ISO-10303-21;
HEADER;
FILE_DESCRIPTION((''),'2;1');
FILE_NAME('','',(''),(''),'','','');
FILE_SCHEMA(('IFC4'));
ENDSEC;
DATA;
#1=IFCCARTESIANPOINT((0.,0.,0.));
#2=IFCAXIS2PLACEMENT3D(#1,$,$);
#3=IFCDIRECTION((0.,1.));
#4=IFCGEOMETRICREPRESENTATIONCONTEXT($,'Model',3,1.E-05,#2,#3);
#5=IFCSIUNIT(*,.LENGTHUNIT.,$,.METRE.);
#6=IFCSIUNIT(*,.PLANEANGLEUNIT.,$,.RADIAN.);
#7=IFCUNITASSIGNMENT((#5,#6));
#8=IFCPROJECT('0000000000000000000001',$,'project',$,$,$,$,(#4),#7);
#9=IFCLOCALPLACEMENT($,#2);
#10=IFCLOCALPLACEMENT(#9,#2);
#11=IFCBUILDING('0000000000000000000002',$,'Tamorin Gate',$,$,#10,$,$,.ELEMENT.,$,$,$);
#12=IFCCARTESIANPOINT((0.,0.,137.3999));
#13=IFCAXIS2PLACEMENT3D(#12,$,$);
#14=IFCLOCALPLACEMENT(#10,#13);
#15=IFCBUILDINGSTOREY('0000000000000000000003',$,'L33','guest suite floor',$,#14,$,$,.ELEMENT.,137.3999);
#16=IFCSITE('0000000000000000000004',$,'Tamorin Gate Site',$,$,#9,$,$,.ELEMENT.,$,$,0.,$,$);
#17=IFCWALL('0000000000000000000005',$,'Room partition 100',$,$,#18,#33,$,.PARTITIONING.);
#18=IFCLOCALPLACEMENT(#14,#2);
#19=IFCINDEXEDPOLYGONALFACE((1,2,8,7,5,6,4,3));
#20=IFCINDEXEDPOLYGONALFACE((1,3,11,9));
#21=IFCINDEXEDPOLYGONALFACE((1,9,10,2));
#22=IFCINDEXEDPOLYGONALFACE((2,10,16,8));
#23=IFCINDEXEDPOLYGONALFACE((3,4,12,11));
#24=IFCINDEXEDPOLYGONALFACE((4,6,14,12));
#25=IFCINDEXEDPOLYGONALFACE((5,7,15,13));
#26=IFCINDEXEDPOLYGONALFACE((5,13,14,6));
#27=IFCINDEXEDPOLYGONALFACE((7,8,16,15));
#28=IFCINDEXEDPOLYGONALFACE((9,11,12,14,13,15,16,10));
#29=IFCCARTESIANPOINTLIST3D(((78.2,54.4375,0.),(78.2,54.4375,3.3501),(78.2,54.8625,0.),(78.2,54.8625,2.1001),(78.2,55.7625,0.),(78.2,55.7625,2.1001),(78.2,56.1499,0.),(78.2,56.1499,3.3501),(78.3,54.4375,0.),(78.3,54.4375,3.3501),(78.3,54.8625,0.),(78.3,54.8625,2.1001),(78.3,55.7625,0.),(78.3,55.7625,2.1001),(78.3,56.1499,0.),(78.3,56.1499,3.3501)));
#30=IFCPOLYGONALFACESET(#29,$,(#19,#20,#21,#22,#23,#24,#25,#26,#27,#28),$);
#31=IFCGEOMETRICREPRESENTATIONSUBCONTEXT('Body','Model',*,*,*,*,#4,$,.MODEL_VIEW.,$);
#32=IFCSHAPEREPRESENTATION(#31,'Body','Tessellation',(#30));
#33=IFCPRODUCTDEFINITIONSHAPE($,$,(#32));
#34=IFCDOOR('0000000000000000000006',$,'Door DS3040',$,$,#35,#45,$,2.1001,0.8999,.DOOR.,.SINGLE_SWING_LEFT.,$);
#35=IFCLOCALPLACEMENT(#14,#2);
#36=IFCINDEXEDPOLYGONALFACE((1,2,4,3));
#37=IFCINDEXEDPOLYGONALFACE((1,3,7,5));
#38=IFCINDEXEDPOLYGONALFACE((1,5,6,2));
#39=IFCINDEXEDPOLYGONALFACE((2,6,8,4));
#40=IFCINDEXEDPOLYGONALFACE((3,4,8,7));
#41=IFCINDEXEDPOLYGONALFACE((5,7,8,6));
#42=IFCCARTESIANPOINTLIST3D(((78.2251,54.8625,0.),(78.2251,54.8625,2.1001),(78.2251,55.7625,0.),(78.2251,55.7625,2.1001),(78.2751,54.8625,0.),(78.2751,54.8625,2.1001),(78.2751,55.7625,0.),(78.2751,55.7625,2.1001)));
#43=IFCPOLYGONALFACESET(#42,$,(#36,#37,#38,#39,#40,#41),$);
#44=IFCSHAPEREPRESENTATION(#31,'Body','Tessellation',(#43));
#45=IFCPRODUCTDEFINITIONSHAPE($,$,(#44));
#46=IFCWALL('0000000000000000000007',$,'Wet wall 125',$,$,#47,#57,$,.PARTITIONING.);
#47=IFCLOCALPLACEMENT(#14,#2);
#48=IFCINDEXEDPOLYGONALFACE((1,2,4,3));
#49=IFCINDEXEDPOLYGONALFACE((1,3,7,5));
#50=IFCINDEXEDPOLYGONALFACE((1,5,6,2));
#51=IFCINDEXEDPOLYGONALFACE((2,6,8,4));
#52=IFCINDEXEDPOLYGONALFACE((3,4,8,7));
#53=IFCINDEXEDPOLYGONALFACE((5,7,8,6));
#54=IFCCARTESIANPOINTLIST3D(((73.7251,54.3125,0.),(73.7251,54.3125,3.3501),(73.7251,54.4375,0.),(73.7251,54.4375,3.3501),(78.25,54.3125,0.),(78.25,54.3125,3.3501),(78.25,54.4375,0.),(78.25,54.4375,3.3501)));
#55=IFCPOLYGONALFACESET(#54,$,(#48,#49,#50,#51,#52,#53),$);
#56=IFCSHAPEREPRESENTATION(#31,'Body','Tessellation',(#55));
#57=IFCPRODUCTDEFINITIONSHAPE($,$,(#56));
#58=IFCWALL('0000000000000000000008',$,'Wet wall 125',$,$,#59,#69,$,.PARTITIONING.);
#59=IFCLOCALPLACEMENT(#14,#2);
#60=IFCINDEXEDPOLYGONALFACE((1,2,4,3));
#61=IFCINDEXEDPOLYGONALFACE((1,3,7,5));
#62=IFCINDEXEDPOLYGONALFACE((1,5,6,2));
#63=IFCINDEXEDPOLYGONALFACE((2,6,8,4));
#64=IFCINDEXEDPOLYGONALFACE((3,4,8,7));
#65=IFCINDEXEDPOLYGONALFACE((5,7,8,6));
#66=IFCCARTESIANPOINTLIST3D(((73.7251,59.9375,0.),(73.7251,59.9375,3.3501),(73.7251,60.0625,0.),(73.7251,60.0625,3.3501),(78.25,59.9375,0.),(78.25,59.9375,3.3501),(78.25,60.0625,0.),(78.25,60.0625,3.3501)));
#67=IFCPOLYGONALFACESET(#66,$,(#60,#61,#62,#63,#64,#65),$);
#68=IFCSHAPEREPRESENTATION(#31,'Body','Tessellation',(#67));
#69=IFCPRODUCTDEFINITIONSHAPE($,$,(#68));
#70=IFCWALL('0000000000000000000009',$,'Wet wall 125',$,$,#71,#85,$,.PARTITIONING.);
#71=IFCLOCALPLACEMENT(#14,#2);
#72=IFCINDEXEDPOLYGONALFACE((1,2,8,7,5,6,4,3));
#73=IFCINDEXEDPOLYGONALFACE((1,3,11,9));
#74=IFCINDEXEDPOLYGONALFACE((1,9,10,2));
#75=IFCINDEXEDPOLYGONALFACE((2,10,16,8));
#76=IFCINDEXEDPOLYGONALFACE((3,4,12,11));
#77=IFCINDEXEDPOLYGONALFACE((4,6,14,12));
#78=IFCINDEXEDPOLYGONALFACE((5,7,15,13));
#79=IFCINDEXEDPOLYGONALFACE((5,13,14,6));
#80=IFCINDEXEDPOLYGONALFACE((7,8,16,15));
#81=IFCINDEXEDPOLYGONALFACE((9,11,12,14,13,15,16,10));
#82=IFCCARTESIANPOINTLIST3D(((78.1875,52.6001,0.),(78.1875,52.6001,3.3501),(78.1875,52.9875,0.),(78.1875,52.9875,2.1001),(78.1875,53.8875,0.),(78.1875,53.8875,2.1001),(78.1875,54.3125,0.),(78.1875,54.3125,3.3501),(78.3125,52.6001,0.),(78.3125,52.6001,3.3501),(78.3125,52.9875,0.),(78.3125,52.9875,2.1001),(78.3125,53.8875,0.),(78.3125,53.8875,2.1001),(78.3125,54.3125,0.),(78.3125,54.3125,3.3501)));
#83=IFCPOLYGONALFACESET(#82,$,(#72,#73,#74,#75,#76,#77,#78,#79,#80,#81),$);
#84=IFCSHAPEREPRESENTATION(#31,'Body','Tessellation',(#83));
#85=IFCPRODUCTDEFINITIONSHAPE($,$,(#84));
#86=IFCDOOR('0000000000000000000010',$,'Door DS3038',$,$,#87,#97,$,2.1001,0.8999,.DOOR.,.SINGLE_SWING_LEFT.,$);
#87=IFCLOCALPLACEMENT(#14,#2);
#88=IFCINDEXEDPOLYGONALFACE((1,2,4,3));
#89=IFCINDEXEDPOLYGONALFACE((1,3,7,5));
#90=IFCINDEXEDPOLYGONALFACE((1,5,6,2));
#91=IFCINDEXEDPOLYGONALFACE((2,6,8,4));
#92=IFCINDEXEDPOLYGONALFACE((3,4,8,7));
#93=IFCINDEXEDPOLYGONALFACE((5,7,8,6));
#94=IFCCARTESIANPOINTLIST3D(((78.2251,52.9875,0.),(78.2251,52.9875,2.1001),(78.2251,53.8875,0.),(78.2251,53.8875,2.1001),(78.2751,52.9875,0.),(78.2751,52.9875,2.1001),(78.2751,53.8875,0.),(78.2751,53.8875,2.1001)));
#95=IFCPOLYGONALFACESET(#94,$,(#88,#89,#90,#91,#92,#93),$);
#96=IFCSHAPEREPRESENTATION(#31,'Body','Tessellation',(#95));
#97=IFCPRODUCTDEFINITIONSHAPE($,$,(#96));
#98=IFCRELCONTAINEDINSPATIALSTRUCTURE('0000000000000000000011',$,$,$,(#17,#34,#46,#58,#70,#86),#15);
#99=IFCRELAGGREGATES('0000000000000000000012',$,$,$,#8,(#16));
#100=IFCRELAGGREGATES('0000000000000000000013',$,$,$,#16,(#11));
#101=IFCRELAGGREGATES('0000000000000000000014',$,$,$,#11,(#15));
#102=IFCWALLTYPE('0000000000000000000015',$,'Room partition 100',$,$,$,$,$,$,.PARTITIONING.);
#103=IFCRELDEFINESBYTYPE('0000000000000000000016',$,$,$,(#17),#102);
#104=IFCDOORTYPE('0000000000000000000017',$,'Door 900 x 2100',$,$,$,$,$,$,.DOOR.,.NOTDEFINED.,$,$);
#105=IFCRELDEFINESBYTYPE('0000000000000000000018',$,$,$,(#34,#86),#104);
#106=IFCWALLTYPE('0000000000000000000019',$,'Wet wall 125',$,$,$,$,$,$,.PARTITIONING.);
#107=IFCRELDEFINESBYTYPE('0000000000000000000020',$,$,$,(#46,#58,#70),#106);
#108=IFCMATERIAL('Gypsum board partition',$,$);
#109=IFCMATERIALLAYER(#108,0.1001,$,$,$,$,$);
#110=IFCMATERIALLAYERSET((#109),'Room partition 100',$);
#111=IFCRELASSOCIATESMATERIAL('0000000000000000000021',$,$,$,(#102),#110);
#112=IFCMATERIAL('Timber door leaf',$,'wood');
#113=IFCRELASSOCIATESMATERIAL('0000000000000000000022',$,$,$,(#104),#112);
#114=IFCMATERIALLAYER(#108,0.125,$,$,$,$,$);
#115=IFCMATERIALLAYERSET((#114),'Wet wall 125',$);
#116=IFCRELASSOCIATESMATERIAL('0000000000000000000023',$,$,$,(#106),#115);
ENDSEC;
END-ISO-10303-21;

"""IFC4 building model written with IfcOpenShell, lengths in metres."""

from ifc_helpers import new_model, si_unit, direction, frame, frame_2d, origin, place, context, subcontext, project, spatial, rectangle, extrude, material, layer, layer_set, type_object, element, fill, save


model = new_model("IFC4")

# Units and contexts
model_context = context("Model", 3, precision=1e-05, world=origin(), true_north=direction((0.0, 1.0)))
body_context = subcontext(model_context, "Body", "Model", "MODEL_VIEW")
ifc_project = project(units=[si_unit("LENGTHUNIT", "METRE"), si_unit("PLANEANGLEUNIT", "RADIAN")], contexts=[model_context])

# Site, building, storey
site_placement = place(None, origin())
site = spatial("IfcSite", under=ifc_project, at=site_placement, Name="Tamorin Gate Site", CompositionType="ELEMENT", RefElevation=0.0)
building_placement = place(site_placement, origin())
building = spatial("IfcBuilding", under=site, at=building_placement, Name="Tamorin Gate", CompositionType="ELEMENT")
storey_placement = place(building_placement, frame((0.0, 0.0, 137.3999)))
storey = spatial("IfcBuildingStorey", under=building, at=storey_placement, Name="L33", Description="guest suite floor", CompositionType="ELEMENT", Elevation=137.3999)

# Shared definitions
ifc_material_1 = material(Name="Gypsum board partition")
ifc_material_2 = material(Name="Timber door leaf", Category="wood")

# Wall, opening, door
ifc_layer_1 = layer(ifc_material_1, 0.1001)
ifc_layer_set_1 = layer_set([ifc_layer_1], Name="Room partition 100")
wall_type_1 = type_object("IfcWallType", Name="Room partition 100", PredefinedType="PARTITIONING", material=ifc_layer_set_1)
wall_1_placement = place(storey_placement, frame((78.25, 54.4375, 0.0), z_axis=(0.0, 0.0, 1.0), x_axis=(0.0, 1.0, 0.0)))
wall_1 = element("IfcWall", 1, at=wall_1_placement, inside=storey, type_object=wall_type_1, Name="Room partition 100", PredefinedType="PARTITIONING", context=body_context, shape_type="SweptSolid", body=[
    extrude(rectangle(XDim=1.7124, YDim=0.1001, at=frame_2d((0.8562, 0.0))), origin(), (0.0, 0.0, 1.0), 3.3501),
])
opening_1_placement = place(wall_1_placement, frame((0.425, 0.0, 0.0)))
opening_1 = element("IfcOpeningElement", 2, at=opening_1_placement, cuts=wall_1, PredefinedType="OPENING", context=body_context, shape_type="SweptSolid", body=[
    extrude(rectangle(XDim=0.8999, YDim=2.1001, at=frame_2d((0.45, 1.05))), frame((0.0, 0.0601, 0.0), z_axis=(0.0, -1.0, 0.0), x_axis=(1.0, 0.0, 0.0)), (0.0, 0.0, 1.0), 0.1201),
])
door_type_1 = type_object("IfcDoorType", Name="Door 900 x 2100", OperationType="NOTDEFINED", PredefinedType="DOOR", material=ifc_material_2)
door_1_placement = place(opening_1_placement, origin())
door_1 = element("IfcDoor", 3, at=door_1_placement, inside=storey, type_object=door_type_1, Name="Door DS3040", OperationType="SINGLE_SWING_LEFT", OverallHeight=2.1001, OverallWidth=0.8999, PredefinedType="DOOR", context=body_context, shape_type="SweptSolid", body=[
    extrude(rectangle(XDim=0.8999, YDim=2.1001, at=frame_2d((0.45, 1.05))), frame((0.0, 0.0249, 0.0), z_axis=(0.0, -1.0, 0.0), x_axis=(1.0, 0.0, 0.0)), (0.0, 0.0, 1.0), 0.05),
])
fill(opening_1, door_1)

# Walls
ifc_layer_2 = layer(ifc_material_1, 0.125)
ifc_layer_set_2 = layer_set([ifc_layer_2], Name="Wet wall 125")
wall_type_2 = type_object("IfcWallType", Name="Wet wall 125", PredefinedType="PARTITIONING", material=ifc_layer_set_2)
for number, where, z_axis, x_axis, name in (
    (4, (73.7251, 54.375, 0.0), (0.0, 0.0, 1.0), (1.0, 0.0, 0.0), "Wet wall 125"),
    (5, (73.7251, 60.0, 0.0), (0.0, 0.0, 1.0), (1.0, 0.0, 0.0), "Wet wall 125"),
):
    element("IfcWall", number, at=place(storey_placement, frame(where, z_axis=z_axis, x_axis=x_axis)), inside=storey, type_object=wall_type_2, Name=name, PredefinedType="PARTITIONING", context=body_context, shape_type="SweptSolid", body=[
        extrude(rectangle(XDim=4.5249, YDim=0.125, at=frame_2d((2.2625, 0.0))), origin(), (0.0, 0.0, 1.0), 3.3501),
    ])

# Wall, opening, door
wall_2_placement = place(storey_placement, frame((78.25, 52.6001, 0.0), z_axis=(0.0, 0.0, 1.0), x_axis=(0.0, 1.0, 0.0)))
wall_2 = element("IfcWall", 6, at=wall_2_placement, inside=storey, type_object=wall_type_2, Name="Wet wall 125", PredefinedType="PARTITIONING", context=body_context, shape_type="SweptSolid", body=[
    extrude(rectangle(XDim=1.7124, YDim=0.125, at=frame_2d((0.8562, 0.0))), origin(), (0.0, 0.0, 1.0), 3.3501),
])
opening_2_placement = place(wall_2_placement, frame((0.3875, 0.0, 0.0)))
opening_2 = element("IfcOpeningElement", 7, at=opening_2_placement, cuts=wall_2, PredefinedType="OPENING", context=body_context, shape_type="SweptSolid", body=[
    extrude(rectangle(XDim=0.8999, YDim=2.1001, at=frame_2d((0.45, 1.05))), frame((0.0, 0.0725, 0.0), z_axis=(0.0, -1.0, 0.0), x_axis=(1.0, 0.0, 0.0)), (0.0, 0.0, 1.0), 0.145),
])
door_2_placement = place(opening_2_placement, origin())
door_2 = element("IfcDoor", 8, at=door_2_placement, inside=storey, type_object=door_type_1, Name="Door DS3038", OperationType="SINGLE_SWING_LEFT", OverallHeight=2.1001, OverallWidth=0.8999, PredefinedType="DOOR", context=body_context, shape_type="SweptSolid", body=[
    extrude(rectangle(XDim=0.8999, YDim=2.1001, at=frame_2d((0.45, 1.05))), frame((0.0, 0.0249, 0.0), z_axis=(0.0, -1.0, 0.0), x_axis=(1.0, 0.0, 0.0)), (0.0, 0.0, 1.0), 0.05),
])
fill(opening_2, door_2)

save(model, "model.ifc")
